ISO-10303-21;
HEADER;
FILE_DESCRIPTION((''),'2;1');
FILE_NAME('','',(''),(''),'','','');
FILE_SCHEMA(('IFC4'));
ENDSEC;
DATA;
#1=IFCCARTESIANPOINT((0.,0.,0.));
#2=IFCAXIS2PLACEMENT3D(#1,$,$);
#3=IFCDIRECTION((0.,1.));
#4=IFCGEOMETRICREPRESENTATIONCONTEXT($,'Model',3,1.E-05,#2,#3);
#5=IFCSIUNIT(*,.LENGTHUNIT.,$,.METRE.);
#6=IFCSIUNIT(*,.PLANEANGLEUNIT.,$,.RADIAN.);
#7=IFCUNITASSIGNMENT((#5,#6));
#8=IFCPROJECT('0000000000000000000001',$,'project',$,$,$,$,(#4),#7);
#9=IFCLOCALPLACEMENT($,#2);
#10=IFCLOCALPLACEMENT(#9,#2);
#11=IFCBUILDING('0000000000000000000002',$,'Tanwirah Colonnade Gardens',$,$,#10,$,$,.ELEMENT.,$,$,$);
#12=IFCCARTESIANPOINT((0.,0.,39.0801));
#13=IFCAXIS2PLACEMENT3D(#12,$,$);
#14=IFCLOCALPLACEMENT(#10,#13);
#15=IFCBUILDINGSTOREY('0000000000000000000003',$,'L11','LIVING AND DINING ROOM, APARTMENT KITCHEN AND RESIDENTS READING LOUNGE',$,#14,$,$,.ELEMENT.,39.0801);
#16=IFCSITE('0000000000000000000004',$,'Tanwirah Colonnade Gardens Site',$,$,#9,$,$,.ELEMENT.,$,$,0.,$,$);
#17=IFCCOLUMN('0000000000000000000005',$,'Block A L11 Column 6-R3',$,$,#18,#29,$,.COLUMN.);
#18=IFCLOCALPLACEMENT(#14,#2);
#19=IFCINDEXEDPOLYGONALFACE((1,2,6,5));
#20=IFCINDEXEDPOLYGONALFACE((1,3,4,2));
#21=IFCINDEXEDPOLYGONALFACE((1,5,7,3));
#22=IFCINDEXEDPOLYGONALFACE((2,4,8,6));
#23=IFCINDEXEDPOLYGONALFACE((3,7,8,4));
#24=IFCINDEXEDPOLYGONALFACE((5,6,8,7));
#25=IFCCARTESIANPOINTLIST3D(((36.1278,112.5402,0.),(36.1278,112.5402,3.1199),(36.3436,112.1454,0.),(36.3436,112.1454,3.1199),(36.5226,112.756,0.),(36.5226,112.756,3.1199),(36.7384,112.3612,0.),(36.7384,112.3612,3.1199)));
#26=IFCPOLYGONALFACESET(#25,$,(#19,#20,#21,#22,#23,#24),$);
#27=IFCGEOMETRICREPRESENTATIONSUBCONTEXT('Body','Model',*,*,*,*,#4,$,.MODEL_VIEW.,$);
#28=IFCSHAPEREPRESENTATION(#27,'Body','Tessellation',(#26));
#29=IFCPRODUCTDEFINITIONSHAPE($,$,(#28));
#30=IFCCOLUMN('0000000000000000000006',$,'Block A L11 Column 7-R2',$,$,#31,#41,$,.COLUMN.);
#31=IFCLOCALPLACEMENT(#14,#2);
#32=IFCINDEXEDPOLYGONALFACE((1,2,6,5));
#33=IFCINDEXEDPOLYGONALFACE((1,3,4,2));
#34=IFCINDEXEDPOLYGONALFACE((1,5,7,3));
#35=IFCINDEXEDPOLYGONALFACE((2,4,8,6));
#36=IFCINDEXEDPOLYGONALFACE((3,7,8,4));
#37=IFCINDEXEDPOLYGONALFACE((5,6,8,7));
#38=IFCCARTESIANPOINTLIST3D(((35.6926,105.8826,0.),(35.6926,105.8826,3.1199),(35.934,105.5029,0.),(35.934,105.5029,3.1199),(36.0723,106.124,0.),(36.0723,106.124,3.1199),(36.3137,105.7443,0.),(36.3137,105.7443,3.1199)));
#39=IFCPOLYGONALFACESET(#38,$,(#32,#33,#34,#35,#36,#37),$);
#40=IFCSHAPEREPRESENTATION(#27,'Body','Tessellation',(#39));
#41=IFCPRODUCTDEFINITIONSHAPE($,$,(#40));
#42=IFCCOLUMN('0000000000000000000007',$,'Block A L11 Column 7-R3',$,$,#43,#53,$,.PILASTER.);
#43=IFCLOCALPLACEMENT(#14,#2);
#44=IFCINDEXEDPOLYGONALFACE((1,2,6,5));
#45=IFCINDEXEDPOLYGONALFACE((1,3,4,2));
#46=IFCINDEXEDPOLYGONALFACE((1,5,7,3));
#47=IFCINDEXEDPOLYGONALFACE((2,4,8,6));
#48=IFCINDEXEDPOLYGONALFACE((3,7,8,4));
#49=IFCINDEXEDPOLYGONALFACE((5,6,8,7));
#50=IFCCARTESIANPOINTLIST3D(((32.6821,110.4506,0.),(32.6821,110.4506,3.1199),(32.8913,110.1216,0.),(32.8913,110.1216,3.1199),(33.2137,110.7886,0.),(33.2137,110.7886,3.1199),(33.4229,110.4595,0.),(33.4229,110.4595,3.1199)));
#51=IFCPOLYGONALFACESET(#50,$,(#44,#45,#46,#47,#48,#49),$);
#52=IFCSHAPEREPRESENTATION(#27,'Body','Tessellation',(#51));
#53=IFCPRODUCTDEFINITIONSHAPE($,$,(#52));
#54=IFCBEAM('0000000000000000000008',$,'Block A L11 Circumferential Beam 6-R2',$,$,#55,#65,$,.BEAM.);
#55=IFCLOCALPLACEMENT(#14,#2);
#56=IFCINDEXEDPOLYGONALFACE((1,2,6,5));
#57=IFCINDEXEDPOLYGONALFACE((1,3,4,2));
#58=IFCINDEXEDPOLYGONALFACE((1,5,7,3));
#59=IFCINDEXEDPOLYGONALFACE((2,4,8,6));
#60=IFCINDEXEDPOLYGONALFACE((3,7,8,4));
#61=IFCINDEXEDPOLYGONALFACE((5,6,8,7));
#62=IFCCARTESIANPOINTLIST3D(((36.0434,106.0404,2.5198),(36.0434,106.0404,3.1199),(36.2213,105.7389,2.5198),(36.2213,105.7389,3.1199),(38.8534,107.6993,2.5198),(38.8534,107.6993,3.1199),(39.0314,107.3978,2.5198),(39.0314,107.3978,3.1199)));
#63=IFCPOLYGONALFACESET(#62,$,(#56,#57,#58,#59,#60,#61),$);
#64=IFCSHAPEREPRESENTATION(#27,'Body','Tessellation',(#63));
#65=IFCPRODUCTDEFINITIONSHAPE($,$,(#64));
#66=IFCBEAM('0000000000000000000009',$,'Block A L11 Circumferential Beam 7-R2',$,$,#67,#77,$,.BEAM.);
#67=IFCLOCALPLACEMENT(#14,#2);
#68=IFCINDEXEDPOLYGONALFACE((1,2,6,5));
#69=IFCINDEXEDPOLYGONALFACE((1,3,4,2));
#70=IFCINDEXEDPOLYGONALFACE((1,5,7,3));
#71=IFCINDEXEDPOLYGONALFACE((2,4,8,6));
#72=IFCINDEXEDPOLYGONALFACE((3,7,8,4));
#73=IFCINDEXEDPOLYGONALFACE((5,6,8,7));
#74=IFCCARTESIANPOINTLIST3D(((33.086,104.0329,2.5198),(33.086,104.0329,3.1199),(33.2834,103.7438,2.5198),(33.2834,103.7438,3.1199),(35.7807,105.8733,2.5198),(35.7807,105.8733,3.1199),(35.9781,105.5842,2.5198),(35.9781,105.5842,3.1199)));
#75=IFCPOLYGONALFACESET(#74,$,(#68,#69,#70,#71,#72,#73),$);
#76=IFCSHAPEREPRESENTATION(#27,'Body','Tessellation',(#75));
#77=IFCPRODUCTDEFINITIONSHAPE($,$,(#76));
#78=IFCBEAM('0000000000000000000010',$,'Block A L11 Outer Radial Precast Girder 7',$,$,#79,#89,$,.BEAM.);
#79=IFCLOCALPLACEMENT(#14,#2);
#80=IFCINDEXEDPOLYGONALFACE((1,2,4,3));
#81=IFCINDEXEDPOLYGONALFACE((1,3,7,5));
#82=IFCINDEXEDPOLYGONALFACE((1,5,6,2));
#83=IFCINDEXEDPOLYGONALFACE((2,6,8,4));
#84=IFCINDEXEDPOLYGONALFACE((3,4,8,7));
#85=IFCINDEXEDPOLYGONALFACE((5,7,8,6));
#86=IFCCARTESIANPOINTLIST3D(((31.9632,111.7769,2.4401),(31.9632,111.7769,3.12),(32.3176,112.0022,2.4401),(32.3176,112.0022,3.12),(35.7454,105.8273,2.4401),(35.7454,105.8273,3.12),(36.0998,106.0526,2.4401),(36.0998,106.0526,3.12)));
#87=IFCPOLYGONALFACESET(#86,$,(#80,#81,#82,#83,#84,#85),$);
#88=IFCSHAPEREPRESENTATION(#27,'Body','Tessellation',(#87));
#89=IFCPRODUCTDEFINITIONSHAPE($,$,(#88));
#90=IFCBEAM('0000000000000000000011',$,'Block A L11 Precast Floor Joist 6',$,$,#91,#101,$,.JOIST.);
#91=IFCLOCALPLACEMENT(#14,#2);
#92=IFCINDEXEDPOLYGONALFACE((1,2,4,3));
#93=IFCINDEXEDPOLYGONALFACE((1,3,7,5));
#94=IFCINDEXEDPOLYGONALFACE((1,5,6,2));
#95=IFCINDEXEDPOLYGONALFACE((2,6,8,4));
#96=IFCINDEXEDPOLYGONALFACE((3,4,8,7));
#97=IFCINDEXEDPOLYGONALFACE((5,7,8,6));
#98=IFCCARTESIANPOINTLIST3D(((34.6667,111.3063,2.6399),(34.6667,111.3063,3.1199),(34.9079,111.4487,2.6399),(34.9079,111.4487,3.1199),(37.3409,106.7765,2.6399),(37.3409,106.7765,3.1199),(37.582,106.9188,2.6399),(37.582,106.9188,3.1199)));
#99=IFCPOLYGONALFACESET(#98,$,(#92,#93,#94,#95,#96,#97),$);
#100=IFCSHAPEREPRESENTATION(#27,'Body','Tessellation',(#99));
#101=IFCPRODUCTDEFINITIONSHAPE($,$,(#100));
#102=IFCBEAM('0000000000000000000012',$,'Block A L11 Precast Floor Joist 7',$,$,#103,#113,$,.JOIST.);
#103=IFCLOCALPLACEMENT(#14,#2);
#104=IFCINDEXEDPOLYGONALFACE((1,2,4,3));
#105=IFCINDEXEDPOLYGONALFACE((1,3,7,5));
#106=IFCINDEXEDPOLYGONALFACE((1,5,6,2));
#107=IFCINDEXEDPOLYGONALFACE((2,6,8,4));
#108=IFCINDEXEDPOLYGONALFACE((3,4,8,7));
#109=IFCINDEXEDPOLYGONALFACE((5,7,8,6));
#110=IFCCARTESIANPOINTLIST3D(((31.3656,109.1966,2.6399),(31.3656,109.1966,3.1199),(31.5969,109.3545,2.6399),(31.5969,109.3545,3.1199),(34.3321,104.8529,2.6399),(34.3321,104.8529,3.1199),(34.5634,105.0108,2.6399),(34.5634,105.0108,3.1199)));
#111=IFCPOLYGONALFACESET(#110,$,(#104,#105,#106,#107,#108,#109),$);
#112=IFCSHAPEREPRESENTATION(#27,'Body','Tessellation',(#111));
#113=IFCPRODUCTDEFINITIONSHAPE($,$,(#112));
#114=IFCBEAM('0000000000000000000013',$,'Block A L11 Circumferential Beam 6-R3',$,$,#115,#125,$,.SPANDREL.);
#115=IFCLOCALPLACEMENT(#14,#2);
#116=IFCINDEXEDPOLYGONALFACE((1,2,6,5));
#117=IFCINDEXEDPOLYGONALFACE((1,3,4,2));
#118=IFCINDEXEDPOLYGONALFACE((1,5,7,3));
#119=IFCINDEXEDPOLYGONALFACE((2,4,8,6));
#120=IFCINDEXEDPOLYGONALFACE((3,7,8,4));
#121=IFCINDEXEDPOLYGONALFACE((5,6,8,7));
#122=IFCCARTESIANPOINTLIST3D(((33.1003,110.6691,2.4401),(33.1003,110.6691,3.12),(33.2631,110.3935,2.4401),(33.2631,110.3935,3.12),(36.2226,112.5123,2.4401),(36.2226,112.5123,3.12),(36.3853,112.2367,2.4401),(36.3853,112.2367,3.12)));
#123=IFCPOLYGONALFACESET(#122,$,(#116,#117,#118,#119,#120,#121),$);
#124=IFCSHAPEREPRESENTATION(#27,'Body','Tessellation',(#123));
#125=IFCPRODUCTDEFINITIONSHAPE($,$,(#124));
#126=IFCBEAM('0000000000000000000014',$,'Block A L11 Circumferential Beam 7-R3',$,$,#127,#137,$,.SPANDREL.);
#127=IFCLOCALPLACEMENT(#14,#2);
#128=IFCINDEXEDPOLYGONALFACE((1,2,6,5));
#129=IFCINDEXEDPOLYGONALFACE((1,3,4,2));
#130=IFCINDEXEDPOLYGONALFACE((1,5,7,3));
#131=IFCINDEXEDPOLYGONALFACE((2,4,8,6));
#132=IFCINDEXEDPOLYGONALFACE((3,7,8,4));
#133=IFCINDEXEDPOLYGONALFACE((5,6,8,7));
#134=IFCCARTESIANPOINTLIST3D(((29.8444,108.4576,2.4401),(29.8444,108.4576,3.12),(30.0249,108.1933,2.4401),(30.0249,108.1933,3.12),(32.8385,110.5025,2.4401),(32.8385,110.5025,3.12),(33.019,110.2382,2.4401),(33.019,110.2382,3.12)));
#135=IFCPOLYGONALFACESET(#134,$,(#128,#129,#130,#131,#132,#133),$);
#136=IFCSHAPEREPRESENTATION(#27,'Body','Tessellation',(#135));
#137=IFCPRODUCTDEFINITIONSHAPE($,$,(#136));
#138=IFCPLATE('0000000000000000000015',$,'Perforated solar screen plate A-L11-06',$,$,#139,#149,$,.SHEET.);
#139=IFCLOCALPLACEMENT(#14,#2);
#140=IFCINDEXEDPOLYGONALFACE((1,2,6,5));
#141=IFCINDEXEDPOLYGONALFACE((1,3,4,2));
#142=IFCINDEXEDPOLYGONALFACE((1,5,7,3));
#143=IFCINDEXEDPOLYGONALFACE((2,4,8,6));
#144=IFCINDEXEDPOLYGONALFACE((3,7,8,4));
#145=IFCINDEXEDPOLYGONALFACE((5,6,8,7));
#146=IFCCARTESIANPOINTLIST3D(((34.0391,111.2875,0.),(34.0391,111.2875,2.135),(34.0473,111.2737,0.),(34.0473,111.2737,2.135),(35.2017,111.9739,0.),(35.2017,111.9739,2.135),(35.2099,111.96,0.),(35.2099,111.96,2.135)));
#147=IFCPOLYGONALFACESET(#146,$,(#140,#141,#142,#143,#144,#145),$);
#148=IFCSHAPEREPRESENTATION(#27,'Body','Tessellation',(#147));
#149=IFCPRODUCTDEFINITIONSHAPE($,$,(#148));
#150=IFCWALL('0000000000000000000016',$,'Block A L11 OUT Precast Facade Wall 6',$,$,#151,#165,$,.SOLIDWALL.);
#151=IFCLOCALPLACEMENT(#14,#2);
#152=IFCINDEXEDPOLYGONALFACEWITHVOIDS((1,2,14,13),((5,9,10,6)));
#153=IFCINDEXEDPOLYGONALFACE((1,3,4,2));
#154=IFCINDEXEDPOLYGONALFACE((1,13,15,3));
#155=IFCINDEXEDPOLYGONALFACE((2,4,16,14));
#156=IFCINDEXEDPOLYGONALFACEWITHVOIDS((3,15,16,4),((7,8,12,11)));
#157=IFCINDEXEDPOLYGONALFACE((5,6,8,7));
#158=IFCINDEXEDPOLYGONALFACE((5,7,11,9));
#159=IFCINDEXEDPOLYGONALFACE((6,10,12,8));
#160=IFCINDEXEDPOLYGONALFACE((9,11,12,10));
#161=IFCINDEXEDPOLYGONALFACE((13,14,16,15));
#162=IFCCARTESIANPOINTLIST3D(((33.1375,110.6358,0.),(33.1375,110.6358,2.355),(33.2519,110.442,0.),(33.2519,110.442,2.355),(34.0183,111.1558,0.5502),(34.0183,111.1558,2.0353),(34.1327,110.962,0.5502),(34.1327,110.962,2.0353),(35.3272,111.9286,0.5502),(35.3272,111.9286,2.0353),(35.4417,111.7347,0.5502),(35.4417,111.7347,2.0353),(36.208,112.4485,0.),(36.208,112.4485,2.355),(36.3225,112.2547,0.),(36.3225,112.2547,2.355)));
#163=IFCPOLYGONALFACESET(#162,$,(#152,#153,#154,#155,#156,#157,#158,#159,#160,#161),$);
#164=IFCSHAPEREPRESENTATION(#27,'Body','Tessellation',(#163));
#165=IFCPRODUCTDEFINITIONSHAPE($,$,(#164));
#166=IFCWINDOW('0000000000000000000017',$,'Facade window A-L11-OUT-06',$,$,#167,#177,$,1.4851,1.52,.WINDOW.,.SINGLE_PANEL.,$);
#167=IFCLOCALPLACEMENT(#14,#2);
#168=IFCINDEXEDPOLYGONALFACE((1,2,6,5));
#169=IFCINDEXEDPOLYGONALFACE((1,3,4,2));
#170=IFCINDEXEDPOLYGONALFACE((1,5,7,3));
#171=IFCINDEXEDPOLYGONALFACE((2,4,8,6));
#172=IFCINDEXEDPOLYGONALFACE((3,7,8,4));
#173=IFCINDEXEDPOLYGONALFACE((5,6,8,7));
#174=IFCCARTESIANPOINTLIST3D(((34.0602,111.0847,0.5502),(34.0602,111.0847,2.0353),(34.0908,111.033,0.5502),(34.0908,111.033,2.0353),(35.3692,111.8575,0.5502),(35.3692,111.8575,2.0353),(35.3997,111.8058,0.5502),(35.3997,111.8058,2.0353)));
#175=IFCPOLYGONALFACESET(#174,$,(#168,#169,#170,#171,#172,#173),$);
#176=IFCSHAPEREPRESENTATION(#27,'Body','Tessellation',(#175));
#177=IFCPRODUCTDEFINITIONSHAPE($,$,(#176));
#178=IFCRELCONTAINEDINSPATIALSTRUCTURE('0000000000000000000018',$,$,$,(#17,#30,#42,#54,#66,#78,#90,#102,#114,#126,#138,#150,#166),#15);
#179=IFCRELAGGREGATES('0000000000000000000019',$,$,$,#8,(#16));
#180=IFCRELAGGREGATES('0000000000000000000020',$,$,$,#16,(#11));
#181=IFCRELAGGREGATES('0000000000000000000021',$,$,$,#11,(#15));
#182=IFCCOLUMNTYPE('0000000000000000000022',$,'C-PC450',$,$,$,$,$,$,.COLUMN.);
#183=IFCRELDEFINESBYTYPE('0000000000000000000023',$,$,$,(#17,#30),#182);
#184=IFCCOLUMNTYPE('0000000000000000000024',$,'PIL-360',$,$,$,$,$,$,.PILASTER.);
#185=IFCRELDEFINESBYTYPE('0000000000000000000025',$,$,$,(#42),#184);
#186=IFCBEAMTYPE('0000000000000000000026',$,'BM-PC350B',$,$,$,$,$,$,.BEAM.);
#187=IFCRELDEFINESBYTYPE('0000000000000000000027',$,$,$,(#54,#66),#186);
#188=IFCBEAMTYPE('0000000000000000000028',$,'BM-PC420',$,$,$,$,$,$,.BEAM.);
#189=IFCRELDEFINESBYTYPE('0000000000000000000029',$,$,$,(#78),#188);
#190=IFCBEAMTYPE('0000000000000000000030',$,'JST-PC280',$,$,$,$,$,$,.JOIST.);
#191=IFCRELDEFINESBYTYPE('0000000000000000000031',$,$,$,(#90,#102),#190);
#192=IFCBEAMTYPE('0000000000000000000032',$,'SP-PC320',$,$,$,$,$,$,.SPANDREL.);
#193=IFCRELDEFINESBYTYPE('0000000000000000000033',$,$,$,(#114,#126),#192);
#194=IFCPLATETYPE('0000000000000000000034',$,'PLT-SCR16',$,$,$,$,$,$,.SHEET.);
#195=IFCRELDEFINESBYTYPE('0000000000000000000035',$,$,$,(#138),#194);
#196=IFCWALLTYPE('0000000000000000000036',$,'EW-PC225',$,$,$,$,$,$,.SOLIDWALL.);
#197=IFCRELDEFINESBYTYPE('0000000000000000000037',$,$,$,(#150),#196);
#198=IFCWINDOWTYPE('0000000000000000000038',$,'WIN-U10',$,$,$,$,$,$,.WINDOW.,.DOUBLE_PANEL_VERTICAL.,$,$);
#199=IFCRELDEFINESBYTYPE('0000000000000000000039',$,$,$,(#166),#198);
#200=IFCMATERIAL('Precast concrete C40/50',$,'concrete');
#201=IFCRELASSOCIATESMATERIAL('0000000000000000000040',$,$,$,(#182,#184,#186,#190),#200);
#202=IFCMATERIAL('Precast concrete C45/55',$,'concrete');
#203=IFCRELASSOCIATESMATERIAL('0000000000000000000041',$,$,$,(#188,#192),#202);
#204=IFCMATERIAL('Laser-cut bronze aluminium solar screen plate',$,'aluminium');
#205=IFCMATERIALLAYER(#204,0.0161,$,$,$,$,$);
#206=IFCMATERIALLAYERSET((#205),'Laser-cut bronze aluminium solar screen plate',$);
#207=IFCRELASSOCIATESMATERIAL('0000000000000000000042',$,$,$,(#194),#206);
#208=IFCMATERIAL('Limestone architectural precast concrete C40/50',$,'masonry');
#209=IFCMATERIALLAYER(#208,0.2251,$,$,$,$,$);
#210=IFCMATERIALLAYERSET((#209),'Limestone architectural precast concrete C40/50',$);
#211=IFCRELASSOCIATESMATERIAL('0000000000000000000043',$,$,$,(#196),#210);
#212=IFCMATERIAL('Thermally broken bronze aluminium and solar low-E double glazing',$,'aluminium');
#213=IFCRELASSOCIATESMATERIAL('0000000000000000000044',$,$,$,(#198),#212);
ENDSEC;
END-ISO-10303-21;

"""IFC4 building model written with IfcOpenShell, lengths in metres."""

from ifc_helpers import new_model, si_unit, direction, frame, frame_2d, origin, origin_2d, place, context, subcontext, project, spatial, rectangle, extrude, material, layer, layer_set, material_profile, profile_set, type_object, element, fill, save


model = new_model("IFC4")

# Units and contexts
model_context = context("Model", 3, precision=1e-05, world=origin(), true_north=direction((0.0, 1.0)))
body_context = subcontext(model_context, "Body", "Model", "MODEL_VIEW")
ifc_project = project(units=[si_unit("LENGTHUNIT", "METRE"), si_unit("PLANEANGLEUNIT", "RADIAN")], contexts=[model_context])

# Site, building, storey
site_placement = place(None, origin())
site = spatial("IfcSite", under=ifc_project, at=site_placement, Name="Tanwirah Colonnade Gardens Site", CompositionType="ELEMENT", RefElevation=0.0)
building_placement = place(site_placement, origin())
building = spatial("IfcBuilding", under=site, at=building_placement, Name="Tanwirah Colonnade Gardens", CompositionType="ELEMENT")
storey_placement = place(building_placement, frame((0.0, 0.0, 39.0801)))
storey = spatial("IfcBuildingStorey", under=building, at=storey_placement, Name="L11", Description="LIVING AND DINING ROOM, APARTMENT KITCHEN AND RESIDENTS READING LOUNGE", CompositionType="ELEMENT", Elevation=39.0801)

# Columns
ifc_material_1 = material(Name="Precast concrete C40/50", Category="concrete")
ifc_material_profile_1 = material_profile(ifc_material_1, rectangle(XDim=0.45, YDim=0.45, at=origin_2d()), Name="PC-COL 450x450")
ifc_profile_set_1 = profile_set([ifc_material_profile_1], Name="Precast concrete C40/50")
column_type_1 = type_object("IfcColumnType", Name="C-PC450", PredefinedType="COLUMN", material=ifc_profile_set_1)
for number, where, z_axis, x_axis, name in (
    (1, (36.4331, 112.4507, 0.0), (0.0, 0.0, 1.0), (-0.479713, 0.877425, 0.0), "Block A L11 Column 6-R3"),
    (2, (36.0032, 105.8135, 0.0), (0.0, 0.0, 1.0), (-0.536482, 0.843912, 0.0), "Block A L11 Column 7-R2"),
):
    element("IfcColumn", number, at=place(storey_placement, frame(where, z_axis=z_axis, x_axis=x_axis)), inside=storey, type_object=column_type_1, Name=name, PredefinedType="COLUMN", context=body_context, shape_type="SweptSolid", body=[
        extrude(rectangle(XDim=0.45, YDim=0.45, at=origin_2d()), origin(), (0.0, 0.0, 1.0), 3.1199),
    ])
ifc_material_profile_2 = material_profile(ifc_material_1, rectangle(XDim=0.3899, YDim=0.6299, at=origin_2d()), Name="PC-PIL 390x630")
ifc_profile_set_2 = profile_set([ifc_material_profile_2], Name="Precast concrete C40/50")
column_type_2 = type_object("IfcColumnType", Name="PIL-360", PredefinedType="PILASTER", material=ifc_profile_set_2)
column_placement = place(storey_placement, frame((33.0525, 110.4551, 0.0), z_axis=(0.0, 0.0, 1.0), x_axis=(-0.536482, 0.843912, 0.0)))
element("IfcColumn", 3, at=column_placement, inside=storey, type_object=column_type_2, Name="Block A L11 Column 7-R3", PredefinedType="PILASTER", context=body_context, shape_type="SweptSolid", body=[
    extrude(rectangle(XDim=0.3899, YDim=0.6299, at=origin_2d()), origin(), (0.0, 0.0, 1.0), 3.1199),
])

# Beams
ifc_material_profile_3 = material_profile(ifc_material_1, rectangle(XDim=0.3501, YDim=0.6001, at=origin_2d()), Name="PC-BM 350x600")
ifc_profile_set_3 = profile_set([ifc_material_profile_3], Name="Precast concrete C40/50")
beam_type_1 = type_object("IfcBeamType", Name="BM-PC350B", PredefinedType="BEAM", material=ifc_profile_set_3)
for number, where, z_axis, x_axis, name in (
    (4, (38.9424, 107.5486, 2.8198), (-0.861135, -0.508376, 0.0), (0.508376, -0.861135, 0.0), "Block A L11 Circumferential Beam 6-R2"),
    (5, (35.8794, 105.7288, 2.8198), (-0.825782, -0.563989, 0.0), (0.563989, -0.825782, 0.0), "Block A L11 Circumferential Beam 7-R2"),
):
    element("IfcBeam", number, at=place(storey_placement, frame(where, z_axis=z_axis, x_axis=x_axis)), inside=storey, type_object=beam_type_1, Name=name, PredefinedType="BEAM", context=body_context, shape_type="SweptSolid", body=[
        extrude(rectangle(XDim=0.3501, YDim=0.6001, at=origin_2d()), origin(), (0.0, 0.0, 1.0), 3.2632),
    ])
ifc_material_2 = material(Name="Precast concrete C45/55", Category="concrete")
ifc_material_profile_4 = material_profile(ifc_material_2, rectangle(XDim=0.4199, YDim=0.6799, at=origin_2d()), Name="PC-BM 420x680")
ifc_profile_set_4 = profile_set([ifc_material_profile_4], Name="Precast concrete C45/55")
beam_type_2 = type_object("IfcBeamType", Name="BM-PC420", PredefinedType="BEAM", material=ifc_profile_set_4)
beam_1_placement = place(storey_placement, frame((35.9226, 105.9399, 2.78), z_axis=(-0.536477, 0.843915, 0.0), x_axis=(-0.843915, -0.536477, 0.0)))
element("IfcBeam", 6, at=beam_1_placement, inside=storey, type_object=beam_type_2, Name="Block A L11 Outer Radial Precast Girder 7", PredefinedType="BEAM", context=body_context, shape_type="SweptSolid", body=[
    extrude(rectangle(XDim=0.4199, YDim=0.6799, at=origin_2d()), origin(), (0.0, 0.0, 1.0), 7.05),
])
ifc_material_profile_5 = material_profile(ifc_material_1, rectangle(XDim=0.28, YDim=0.48, at=origin_2d()), Name="PC-JST 280x480")
ifc_profile_set_5 = profile_set([ifc_material_profile_5], Name="Precast concrete C40/50")
beam_type_3 = type_object("IfcBeamType", Name="JST-PC280", PredefinedType="JOIST", material=ifc_profile_set_5)
beam_2_placement = place(storey_placement, frame((37.4614, 106.8477, 2.8799), z_axis=(-0.50836, 0.861145, 0.0), x_axis=(-0.861145, -0.50836, 0.0)))
element("IfcBeam", 7, at=beam_2_placement, inside=storey, type_object=beam_type_3, Name="Block A L11 Precast Floor Joist 6", PredefinedType="JOIST", context=body_context, shape_type="SweptSolid", body=[
    extrude(rectangle(XDim=0.28, YDim=0.48, at=origin_2d()), origin(), (0.0, 0.0, 1.0), 5.2603),
])
beam_3_placement = place(storey_placement, frame((34.4478, 104.9319, 2.8799), z_axis=(-0.563973, 0.825793, 0.0), x_axis=(-0.825793, -0.563973, 0.0)))
element("IfcBeam", 8, at=beam_3_placement, inside=storey, type_object=beam_type_3, Name="Block A L11 Precast Floor Joist 7", PredefinedType="JOIST", context=body_context, shape_type="SweptSolid", body=[
    extrude(rectangle(XDim=0.28, YDim=0.48, at=origin_2d()), origin(), (0.0, 0.0, 1.0), 5.26),
])
ifc_material_profile_6 = material_profile(ifc_material_2, rectangle(XDim=0.3201, YDim=0.6799, at=origin_2d()), Name="PC-SP 320x680")
ifc_profile_set_6 = profile_set([ifc_material_profile_6], Name="Precast concrete C45/55")
beam_type_4 = type_object("IfcBeamType", Name="SP-PC320", PredefinedType="SPANDREL", material=ifc_profile_set_6)
for number, where, z_axis, x_axis, name in (
    (9, (36.304, 112.3745, 2.78), (-0.861137, -0.508373, 0.0), (0.508373, -0.861137, 0.0), "Block A L11 Circumferential Beam 6-R3"),
    (10, (32.9287, 110.3704, 2.78), (-0.825783, -0.563989, 0.0), (0.563989, -0.825783, 0.0), "Block A L11 Circumferential Beam 7-R3"),
):
    element("IfcBeam", number, at=place(storey_placement, frame(where, z_axis=z_axis, x_axis=x_axis)), inside=storey, type_object=beam_type_4, Name=name, PredefinedType="SPANDREL", context=body_context, shape_type="SweptSolid", body=[
        extrude(rectangle(XDim=0.3201, YDim=0.6799, at=origin_2d()), origin(), (0.0, 0.0, 1.0), 3.6257),
    ])

# Plate
ifc_material_3 = material(Name="Laser-cut bronze aluminium solar screen plate", Category="aluminium")
ifc_layer_1 = layer(ifc_material_3, 0.0161)
ifc_layer_set_1 = layer_set([ifc_layer_1], Name="Laser-cut bronze aluminium solar screen plate")
plate_type = type_object("IfcPlateType", Name="PLT-SCR16", PredefinedType="SHEET", material=ifc_layer_set_1)
plate_placement = place(storey_placement, frame((34.6245, 111.6238, 0.0), z_axis=(0.0, 0.0, 1.0), x_axis=(-0.861136, -0.508375, 0.0)))
element("IfcPlate", 11, at=plate_placement, inside=storey, type_object=plate_type, Name="Perforated solar screen plate A-L11-06", PredefinedType="SHEET", context=body_context, shape_type="SweptSolid", body=[
    extrude(rectangle(XDim=1.3501, YDim=0.0161, at=origin_2d()), origin(), (0.0, 0.0, 1.0), 2.135),
])

# Wall, opening, window
ifc_material_4 = material(Name="Limestone architectural precast concrete C40/50", Category="masonry")
ifc_layer_2 = layer(ifc_material_4, 0.2251)
ifc_layer_set_2 = layer_set([ifc_layer_2], Name="Limestone architectural precast concrete C40/50")
wall_type_1 = type_object("IfcWallType", Name="EW-PC225", PredefinedType="SOLIDWALL", material=ifc_layer_set_2)
wall_1_placement = place(storey_placement, frame((36.2651, 112.3516, 0.0), z_axis=(0.0, 0.0, 1.0), x_axis=(-0.861132, -0.508381, 0.0)))
wall_1 = element("IfcWall", 12, at=wall_1_placement, inside=storey, type_object=wall_type_1, Name="Block A L11 OUT Precast Facade Wall 6", PredefinedType="SOLIDWALL", context=body_context, shape_type="SweptSolid", body=[
    extrude(rectangle(XDim=3.5657, YDim=0.2251, at=frame_2d((1.7827, 0.0))), origin(), (0.0, 0.0, 1.0), 2.355),
])
opening_1_placement = place(wall_1_placement, frame((1.0227, 0.0, 0.55)))
opening_1 = element("IfcOpeningElement", 13, at=opening_1_placement, cuts=wall_1, PredefinedType="OPENING", context=body_context, shape_type="SweptSolid", body=[
    extrude(rectangle(XDim=1.52, YDim=1.4851, at=frame_2d((0.76, 0.7427))), frame((0.0, 0.1226, 0.0), z_axis=(0.0, -1.0, 0.0), x_axis=(1.0, 0.0, 0.0)), (0.0, 0.0, 1.0), 0.2451),
])
ifc_material_5 = material(Name="Thermally broken bronze aluminium and solar low-E double glazing", Category="aluminium")
window_type_1 = type_object("IfcWindowType", Name="WIN-U10", PartitioningType="DOUBLE_PANEL_VERTICAL", PredefinedType="WINDOW", material=ifc_material_5)
window_1_placement = place(opening_1_placement, origin())
window_1 = element("IfcWindow", 14, at=window_1_placement, inside=storey, type_object=window_type_1, Name="Facade window A-L11-OUT-06", OverallHeight=1.4851, OverallWidth=1.52, PartitioningType="SINGLE_PANEL", PredefinedType="WINDOW", context=body_context, shape_type="SweptSolid", body=[
    extrude(rectangle(XDim=1.52, YDim=1.4851, at=frame_2d((0.76, 0.7427))), frame((0.0, 0.03, 0.0), z_axis=(0.0, -1.0, 0.0), x_axis=(1.0, 0.0, 0.0)), (0.0, 0.0, 1.0), 0.0601),
])
fill(opening_1, window_1)

save(model, "model.ifc")
